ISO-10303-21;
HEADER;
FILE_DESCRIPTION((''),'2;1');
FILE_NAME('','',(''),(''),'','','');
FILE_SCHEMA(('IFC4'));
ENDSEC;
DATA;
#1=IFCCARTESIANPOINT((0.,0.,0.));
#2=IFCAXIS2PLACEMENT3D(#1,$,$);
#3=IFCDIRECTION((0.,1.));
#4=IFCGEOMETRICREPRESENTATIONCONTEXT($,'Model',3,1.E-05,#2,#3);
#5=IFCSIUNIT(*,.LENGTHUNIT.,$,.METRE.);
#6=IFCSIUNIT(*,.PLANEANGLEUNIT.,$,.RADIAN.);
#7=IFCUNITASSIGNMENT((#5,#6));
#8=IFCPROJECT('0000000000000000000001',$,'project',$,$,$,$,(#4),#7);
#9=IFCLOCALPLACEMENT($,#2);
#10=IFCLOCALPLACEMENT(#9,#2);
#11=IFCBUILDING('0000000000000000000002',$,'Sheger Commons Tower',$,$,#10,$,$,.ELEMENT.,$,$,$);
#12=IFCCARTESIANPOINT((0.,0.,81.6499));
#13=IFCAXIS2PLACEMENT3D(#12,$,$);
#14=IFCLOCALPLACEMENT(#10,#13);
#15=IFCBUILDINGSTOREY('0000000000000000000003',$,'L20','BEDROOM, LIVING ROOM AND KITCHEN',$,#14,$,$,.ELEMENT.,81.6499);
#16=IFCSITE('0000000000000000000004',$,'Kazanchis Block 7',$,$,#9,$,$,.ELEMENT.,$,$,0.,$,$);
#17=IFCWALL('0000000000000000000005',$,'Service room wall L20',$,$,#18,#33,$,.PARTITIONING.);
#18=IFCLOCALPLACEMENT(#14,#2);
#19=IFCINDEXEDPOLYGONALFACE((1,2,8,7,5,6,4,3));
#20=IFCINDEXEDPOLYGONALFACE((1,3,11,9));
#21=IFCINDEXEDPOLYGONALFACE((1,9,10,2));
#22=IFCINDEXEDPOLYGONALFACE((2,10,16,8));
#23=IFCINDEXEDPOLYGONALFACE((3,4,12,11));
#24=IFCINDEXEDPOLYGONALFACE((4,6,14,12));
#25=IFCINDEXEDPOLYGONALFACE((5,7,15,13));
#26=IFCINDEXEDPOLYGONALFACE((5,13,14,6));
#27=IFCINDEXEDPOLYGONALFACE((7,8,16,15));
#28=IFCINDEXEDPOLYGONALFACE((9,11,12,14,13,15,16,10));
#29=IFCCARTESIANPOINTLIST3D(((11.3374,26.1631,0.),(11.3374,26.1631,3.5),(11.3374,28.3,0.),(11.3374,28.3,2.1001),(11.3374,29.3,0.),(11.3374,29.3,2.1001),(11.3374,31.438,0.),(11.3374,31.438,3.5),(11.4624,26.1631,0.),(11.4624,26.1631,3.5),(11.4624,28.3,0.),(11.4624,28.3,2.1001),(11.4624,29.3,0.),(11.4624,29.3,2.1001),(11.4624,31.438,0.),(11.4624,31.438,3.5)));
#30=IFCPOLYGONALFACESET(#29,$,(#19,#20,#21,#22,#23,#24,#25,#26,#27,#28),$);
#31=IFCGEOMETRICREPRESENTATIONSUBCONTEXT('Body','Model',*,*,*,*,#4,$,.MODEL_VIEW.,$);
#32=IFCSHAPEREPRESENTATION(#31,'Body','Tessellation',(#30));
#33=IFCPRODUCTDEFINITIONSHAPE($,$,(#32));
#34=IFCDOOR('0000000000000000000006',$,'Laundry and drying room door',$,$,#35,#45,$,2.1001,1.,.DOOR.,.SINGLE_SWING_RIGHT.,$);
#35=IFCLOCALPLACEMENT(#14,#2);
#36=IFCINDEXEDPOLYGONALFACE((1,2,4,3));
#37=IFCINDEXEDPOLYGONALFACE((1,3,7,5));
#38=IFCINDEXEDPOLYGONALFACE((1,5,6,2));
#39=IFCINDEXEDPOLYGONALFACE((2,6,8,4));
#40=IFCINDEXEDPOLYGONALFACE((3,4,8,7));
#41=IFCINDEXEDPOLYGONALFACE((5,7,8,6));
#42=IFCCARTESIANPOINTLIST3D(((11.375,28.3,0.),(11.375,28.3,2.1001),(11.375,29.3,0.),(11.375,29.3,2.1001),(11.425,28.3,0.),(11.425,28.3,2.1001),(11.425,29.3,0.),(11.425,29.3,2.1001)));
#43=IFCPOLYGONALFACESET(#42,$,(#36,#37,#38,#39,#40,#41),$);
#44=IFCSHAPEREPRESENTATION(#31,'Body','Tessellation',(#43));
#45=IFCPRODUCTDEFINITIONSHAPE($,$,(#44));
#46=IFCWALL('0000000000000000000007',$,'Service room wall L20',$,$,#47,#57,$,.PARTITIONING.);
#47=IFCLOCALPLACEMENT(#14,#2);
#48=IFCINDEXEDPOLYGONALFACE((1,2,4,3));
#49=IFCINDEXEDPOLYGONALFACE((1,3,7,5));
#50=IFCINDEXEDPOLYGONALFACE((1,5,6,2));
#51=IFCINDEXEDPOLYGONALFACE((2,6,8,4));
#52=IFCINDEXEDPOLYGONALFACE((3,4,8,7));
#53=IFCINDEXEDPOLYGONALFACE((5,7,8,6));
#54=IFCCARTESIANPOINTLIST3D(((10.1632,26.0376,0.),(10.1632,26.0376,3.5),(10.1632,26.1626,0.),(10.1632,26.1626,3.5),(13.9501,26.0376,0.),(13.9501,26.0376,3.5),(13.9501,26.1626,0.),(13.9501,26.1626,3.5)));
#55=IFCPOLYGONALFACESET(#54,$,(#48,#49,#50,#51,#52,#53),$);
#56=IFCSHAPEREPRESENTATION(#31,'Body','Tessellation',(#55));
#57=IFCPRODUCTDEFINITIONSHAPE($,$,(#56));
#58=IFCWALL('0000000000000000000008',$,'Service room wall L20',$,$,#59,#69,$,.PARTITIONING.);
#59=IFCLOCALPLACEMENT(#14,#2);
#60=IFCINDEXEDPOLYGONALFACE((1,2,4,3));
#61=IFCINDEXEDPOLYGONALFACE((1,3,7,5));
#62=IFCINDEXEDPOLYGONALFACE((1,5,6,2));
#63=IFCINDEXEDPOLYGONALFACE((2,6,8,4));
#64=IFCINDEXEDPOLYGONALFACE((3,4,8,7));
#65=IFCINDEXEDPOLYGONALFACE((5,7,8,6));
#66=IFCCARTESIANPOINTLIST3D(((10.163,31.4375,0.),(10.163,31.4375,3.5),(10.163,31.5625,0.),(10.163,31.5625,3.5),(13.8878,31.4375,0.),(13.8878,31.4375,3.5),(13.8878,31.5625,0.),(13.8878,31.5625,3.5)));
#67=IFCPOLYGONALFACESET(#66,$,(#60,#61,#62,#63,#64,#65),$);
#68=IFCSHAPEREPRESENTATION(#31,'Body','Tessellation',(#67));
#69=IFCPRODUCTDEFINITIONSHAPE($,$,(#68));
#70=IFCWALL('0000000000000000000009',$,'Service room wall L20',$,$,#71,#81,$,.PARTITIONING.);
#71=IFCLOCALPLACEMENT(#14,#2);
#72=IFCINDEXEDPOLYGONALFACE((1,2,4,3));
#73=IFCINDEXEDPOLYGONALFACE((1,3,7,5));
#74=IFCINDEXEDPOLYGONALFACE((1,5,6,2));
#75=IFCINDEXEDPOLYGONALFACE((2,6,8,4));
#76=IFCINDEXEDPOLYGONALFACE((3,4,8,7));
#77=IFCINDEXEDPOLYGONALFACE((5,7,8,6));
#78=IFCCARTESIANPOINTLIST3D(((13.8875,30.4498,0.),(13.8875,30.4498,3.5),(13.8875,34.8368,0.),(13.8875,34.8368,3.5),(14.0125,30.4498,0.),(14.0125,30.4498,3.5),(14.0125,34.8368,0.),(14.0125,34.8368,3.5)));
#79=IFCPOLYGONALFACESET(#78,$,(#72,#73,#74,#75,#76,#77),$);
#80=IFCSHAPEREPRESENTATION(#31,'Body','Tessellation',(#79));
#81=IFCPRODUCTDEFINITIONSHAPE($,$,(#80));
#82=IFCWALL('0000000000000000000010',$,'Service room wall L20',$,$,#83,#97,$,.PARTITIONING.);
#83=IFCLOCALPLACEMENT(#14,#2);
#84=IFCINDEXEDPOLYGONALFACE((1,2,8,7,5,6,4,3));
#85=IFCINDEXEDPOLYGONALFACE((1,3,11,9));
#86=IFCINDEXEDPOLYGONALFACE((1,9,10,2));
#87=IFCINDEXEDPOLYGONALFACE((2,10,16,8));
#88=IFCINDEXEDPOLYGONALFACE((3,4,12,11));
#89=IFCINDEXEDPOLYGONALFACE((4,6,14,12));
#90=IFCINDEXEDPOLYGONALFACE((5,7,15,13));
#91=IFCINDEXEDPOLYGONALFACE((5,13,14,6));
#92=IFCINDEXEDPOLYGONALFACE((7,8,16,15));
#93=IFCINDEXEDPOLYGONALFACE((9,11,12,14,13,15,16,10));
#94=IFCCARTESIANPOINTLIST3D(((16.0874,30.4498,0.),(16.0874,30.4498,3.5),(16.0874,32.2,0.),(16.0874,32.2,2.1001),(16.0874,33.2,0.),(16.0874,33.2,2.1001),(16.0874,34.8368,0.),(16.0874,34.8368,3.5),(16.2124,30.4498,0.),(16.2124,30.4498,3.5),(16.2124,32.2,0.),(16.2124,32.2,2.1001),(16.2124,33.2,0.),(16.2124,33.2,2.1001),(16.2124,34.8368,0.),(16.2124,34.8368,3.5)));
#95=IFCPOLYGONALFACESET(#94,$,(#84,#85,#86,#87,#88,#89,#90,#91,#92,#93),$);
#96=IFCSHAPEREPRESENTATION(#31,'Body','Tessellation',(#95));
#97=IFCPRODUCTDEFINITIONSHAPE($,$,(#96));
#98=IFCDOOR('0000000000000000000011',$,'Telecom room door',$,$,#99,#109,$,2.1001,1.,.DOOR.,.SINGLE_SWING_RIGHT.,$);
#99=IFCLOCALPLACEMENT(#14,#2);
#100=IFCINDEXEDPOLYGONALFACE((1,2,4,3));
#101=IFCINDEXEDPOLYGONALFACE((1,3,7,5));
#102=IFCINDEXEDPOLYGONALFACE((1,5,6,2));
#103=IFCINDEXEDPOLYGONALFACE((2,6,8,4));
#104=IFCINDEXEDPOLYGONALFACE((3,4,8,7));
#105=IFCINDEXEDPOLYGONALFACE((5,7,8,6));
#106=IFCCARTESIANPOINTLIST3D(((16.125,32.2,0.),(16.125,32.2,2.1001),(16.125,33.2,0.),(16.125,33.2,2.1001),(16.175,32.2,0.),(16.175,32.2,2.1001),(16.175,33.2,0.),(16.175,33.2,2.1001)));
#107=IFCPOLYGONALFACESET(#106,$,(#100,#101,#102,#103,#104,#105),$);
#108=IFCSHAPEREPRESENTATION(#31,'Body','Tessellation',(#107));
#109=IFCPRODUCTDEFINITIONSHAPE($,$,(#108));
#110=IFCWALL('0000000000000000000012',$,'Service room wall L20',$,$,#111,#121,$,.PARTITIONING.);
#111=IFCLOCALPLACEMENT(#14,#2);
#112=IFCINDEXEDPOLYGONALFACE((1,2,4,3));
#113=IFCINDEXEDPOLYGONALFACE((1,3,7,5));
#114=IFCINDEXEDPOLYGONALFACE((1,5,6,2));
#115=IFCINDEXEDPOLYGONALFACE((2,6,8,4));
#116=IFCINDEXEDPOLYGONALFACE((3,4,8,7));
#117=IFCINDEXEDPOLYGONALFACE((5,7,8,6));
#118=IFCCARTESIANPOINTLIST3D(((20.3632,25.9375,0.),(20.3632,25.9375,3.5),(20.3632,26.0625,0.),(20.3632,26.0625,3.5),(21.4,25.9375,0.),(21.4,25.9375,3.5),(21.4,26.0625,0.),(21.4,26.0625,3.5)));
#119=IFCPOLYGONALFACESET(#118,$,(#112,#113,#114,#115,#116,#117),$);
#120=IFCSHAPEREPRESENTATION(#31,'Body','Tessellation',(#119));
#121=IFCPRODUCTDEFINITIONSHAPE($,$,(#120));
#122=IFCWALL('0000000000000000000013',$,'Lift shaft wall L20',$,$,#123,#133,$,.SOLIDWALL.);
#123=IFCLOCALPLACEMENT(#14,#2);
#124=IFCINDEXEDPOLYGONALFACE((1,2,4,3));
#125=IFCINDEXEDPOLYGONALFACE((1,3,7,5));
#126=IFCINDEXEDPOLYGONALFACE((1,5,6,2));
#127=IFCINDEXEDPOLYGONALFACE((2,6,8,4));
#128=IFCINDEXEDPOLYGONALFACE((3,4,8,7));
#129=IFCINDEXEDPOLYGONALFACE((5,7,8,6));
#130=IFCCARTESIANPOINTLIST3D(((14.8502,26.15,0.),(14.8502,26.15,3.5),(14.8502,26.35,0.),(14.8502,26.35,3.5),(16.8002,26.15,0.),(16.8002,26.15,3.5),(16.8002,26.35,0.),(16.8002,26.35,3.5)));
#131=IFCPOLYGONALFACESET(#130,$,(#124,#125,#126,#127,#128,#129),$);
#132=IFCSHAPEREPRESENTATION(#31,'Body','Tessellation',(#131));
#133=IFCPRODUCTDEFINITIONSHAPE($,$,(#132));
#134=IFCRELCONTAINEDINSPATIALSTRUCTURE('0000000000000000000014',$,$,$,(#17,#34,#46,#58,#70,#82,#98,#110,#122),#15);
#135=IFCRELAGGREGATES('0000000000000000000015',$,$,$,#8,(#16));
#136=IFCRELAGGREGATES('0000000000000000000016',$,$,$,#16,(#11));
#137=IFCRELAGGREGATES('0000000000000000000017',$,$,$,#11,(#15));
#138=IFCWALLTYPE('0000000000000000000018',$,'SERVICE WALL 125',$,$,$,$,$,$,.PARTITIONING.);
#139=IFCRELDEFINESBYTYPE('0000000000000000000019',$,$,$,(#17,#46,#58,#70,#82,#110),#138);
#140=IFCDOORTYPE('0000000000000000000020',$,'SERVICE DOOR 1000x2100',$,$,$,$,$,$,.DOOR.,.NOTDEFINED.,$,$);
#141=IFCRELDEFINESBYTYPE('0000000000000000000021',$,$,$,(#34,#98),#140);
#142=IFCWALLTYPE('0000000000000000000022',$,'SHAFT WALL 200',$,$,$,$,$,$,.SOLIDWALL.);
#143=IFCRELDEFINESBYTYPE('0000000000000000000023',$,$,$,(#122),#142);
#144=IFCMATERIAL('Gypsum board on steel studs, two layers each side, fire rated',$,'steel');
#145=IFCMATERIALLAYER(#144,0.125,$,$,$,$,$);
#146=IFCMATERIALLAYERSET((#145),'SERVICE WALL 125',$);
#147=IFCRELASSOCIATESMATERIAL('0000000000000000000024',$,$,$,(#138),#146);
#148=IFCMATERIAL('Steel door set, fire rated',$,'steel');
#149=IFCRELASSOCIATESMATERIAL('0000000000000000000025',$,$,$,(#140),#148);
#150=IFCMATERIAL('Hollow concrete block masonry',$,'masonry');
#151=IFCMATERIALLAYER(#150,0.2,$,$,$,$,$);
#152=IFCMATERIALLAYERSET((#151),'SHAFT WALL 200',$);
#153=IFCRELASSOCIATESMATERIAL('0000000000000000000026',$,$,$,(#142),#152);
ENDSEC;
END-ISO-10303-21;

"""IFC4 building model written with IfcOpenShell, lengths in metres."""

from ifc_helpers import new_model, si_unit, direction, frame, frame_2d, origin, place, context, subcontext, project, spatial, rectangle, extrude, material, layer, layer_set, type_object, element, fill, save


model = new_model("IFC4")

# Units and contexts
model_context = context("Model", 3, precision=1e-05, world=origin(), true_north=direction((0.0, 1.0)))
body_context = subcontext(model_context, "Body", "Model", "MODEL_VIEW")
ifc_project = project(units=[si_unit("LENGTHUNIT", "METRE"), si_unit("PLANEANGLEUNIT", "RADIAN")], contexts=[model_context])

# Site, building, storey
site_placement = place(None, origin())
site = spatial("IfcSite", under=ifc_project, at=site_placement, Name="Kazanchis Block 7", CompositionType="ELEMENT", RefElevation=0.0)
building_placement = place(site_placement, origin())
building = spatial("IfcBuilding", under=site, at=building_placement, Name="Sheger Commons Tower", CompositionType="ELEMENT")
storey_placement = place(building_placement, frame((0.0, 0.0, 81.6499)))
storey = spatial("IfcBuildingStorey", under=building, at=storey_placement, Name="L20", Description="BEDROOM, LIVING ROOM AND KITCHEN", CompositionType="ELEMENT", Elevation=81.6499)

# Wall, opening, door
ifc_material_1 = material(Name="Gypsum board on steel studs, two layers each side, fire rated", Category="steel")
ifc_layer_1 = layer(ifc_material_1, 0.125)
ifc_layer_set_1 = layer_set([ifc_layer_1], Name="SERVICE WALL 125")
wall_type_1 = type_object("IfcWallType", Name="SERVICE WALL 125", PredefinedType="PARTITIONING", material=ifc_layer_set_1)
ifc_material_2 = material(Name="Steel door set, fire rated", Category="steel")
door_type_1 = type_object("IfcDoorType", Name="SERVICE DOOR 1000x2100", OperationType="NOTDEFINED", PredefinedType="DOOR", material=ifc_material_2)
wall_1_placement = place(storey_placement, frame((11.3999, 26.1631, 0.0), z_axis=(0.0, 0.0, 1.0), x_axis=(0.0, 1.0, 0.0)))
wall_1 = element("IfcWall", 1, at=wall_1_placement, inside=storey, type_object=wall_type_1, Name="Service room wall L20", PredefinedType="PARTITIONING", context=body_context, shape_type="SweptSolid", body=[
    extrude(rectangle(XDim=5.2749, YDim=0.125, at=frame_2d((2.6375, 0.0))), origin(), (0.0, 0.0, 1.0), 3.5),
])
opening_1_placement = place(wall_1_placement, frame((2.137, 0.0, 0.0)))
opening_1 = element("IfcOpeningElement", 2, at=opening_1_placement, cuts=wall_1, PredefinedType="OPENING", context=body_context, shape_type="SweptSolid", body=[
    extrude(rectangle(XDim=1.0, YDim=2.1001, at=frame_2d((0.5, 1.05))), frame((0.0, 0.0725, 0.0), z_axis=(0.0, -1.0, 0.0), x_axis=(1.0, 0.0, 0.0)), (0.0, 0.0, 1.0), 0.145),
])
door_1_placement = place(opening_1_placement, origin())
door_1 = element("IfcDoor", 3, at=door_1_placement, inside=storey, type_object=door_type_1, Name="Laundry and drying room door", OperationType="SINGLE_SWING_RIGHT", OverallHeight=2.1001, OverallWidth=1.0, PredefinedType="DOOR", context=body_context, shape_type="SweptSolid", body=[
    extrude(rectangle(XDim=1.0, YDim=2.1001, at=frame_2d((0.5, 1.05))), frame((0.0, 0.0249, 0.0), z_axis=(0.0, -1.0, 0.0), x_axis=(1.0, 0.0, 0.0)), (0.0, 0.0, 1.0), 0.05),
])
fill(opening_1, door_1)

# Walls
wall_2_placement = place(storey_placement, frame((10.1631, 26.1001, 0.0), z_axis=(0.0, 0.0, 1.0), x_axis=(1.0, 0.0, 0.0)))
element("IfcWall", 4, at=wall_2_placement, inside=storey, type_object=wall_type_1, Name="Service room wall L20", PredefinedType="PARTITIONING", context=body_context, shape_type="SweptSolid", body=[
    extrude(rectangle(XDim=3.7869, YDim=0.125, at=frame_2d((1.8936, 0.0))), origin(), (0.0, 0.0, 1.0), 3.5),
])
wall_3_placement = place(storey_placement, frame((10.1631, 31.5, 0.0), z_axis=(0.0, 0.0, 1.0), x_axis=(1.0, 0.0, 0.0)))
element("IfcWall", 5, at=wall_3_placement, inside=storey, type_object=wall_type_1, Name="Service room wall L20", PredefinedType="PARTITIONING", context=body_context, shape_type="SweptSolid", body=[
    extrude(rectangle(XDim=3.7249, YDim=0.125, at=frame_2d((1.8623, 0.0))), origin(), (0.0, 0.0, 1.0), 3.5),
])
wall_4_placement = place(storey_placement, frame((13.95, 30.45, 0.0), z_axis=(0.0, 0.0, 1.0), x_axis=(0.0, 1.0, 0.0)))
element("IfcWall", 6, at=wall_4_placement, inside=storey, type_object=wall_type_1, Name="Service room wall L20", PredefinedType="PARTITIONING", context=body_context, shape_type="SweptSolid", body=[
    extrude(rectangle(XDim=4.387, YDim=0.125, at=frame_2d((2.1934, 0.0))), origin(), (0.0, 0.0, 1.0), 3.5),
])

# Wall, opening, door
wall_5_placement = place(storey_placement, frame((16.1499, 30.45, 0.0), z_axis=(0.0, 0.0, 1.0), x_axis=(0.0, 1.0, 0.0)))
wall_5 = element("IfcWall", 7, at=wall_5_placement, inside=storey, type_object=wall_type_1, Name="Service room wall L20", PredefinedType="PARTITIONING", context=body_context, shape_type="SweptSolid", body=[
    extrude(rectangle(XDim=4.387, YDim=0.125, at=frame_2d((2.1934, 0.0))), origin(), (0.0, 0.0, 1.0), 3.5),
])
opening_2_placement = place(wall_5_placement, frame((1.75, 0.0, 0.0)))
opening_2 = element("IfcOpeningElement", 8, at=opening_2_placement, cuts=wall_5, PredefinedType="OPENING", context=body_context, shape_type="SweptSolid", body=[
    extrude(rectangle(XDim=1.0, YDim=2.1001, at=frame_2d((0.5, 1.05))), frame((0.0, 0.0725, 0.0), z_axis=(0.0, -1.0, 0.0), x_axis=(1.0, 0.0, 0.0)), (0.0, 0.0, 1.0), 0.145),
])
door_2_placement = place(opening_2_placement, origin())
door_2 = element("IfcDoor", 9, at=door_2_placement, inside=storey, type_object=door_type_1, Name="Telecom room door", OperationType="SINGLE_SWING_RIGHT", OverallHeight=2.1001, OverallWidth=1.0, PredefinedType="DOOR", context=body_context, shape_type="SweptSolid", body=[
    extrude(rectangle(XDim=1.0, YDim=2.1001, at=frame_2d((0.5, 1.05))), frame((0.0, 0.0249, 0.0), z_axis=(0.0, -1.0, 0.0), x_axis=(1.0, 0.0, 0.0)), (0.0, 0.0, 1.0), 0.05),
])
fill(opening_2, door_2)

# Walls
wall_6_placement = place(storey_placement, frame((20.363, 26.0, 0.0), z_axis=(0.0, 0.0, 1.0), x_axis=(1.0, 0.0, 0.0)))
element("IfcWall", 10, at=wall_6_placement, inside=storey, type_object=wall_type_1, Name="Service room wall L20", PredefinedType="PARTITIONING", context=body_context, shape_type="SweptSolid", body=[
    extrude(rectangle(XDim=1.0369, YDim=0.125, at=frame_2d((0.5186, 0.0))), origin(), (0.0, 0.0, 1.0), 3.5),
])
ifc_material_3 = material(Name="Hollow concrete block masonry", Category="masonry")
ifc_layer_2 = layer(ifc_material_3, 0.2)
ifc_layer_set_2 = layer_set([ifc_layer_2], Name="SHAFT WALL 200")
wall_type_2 = type_object("IfcWallType", Name="SHAFT WALL 200", PredefinedType="SOLIDWALL", material=ifc_layer_set_2)
wall_7_placement = place(storey_placement, frame((14.8501, 26.25, 0.0), z_axis=(0.0, 0.0, 1.0), x_axis=(1.0, 0.0, 0.0)))
element("IfcWall", 11, at=wall_7_placement, inside=storey, type_object=wall_type_2, Name="Lift shaft wall L20", PredefinedType="SOLIDWALL", context=body_context, shape_type="SweptSolid", body=[
    extrude(rectangle(XDim=1.95, YDim=0.2, at=frame_2d((0.9751, 0.0))), origin(), (0.0, 0.0, 1.0), 3.5),
])

save(model, "model.ifc")
